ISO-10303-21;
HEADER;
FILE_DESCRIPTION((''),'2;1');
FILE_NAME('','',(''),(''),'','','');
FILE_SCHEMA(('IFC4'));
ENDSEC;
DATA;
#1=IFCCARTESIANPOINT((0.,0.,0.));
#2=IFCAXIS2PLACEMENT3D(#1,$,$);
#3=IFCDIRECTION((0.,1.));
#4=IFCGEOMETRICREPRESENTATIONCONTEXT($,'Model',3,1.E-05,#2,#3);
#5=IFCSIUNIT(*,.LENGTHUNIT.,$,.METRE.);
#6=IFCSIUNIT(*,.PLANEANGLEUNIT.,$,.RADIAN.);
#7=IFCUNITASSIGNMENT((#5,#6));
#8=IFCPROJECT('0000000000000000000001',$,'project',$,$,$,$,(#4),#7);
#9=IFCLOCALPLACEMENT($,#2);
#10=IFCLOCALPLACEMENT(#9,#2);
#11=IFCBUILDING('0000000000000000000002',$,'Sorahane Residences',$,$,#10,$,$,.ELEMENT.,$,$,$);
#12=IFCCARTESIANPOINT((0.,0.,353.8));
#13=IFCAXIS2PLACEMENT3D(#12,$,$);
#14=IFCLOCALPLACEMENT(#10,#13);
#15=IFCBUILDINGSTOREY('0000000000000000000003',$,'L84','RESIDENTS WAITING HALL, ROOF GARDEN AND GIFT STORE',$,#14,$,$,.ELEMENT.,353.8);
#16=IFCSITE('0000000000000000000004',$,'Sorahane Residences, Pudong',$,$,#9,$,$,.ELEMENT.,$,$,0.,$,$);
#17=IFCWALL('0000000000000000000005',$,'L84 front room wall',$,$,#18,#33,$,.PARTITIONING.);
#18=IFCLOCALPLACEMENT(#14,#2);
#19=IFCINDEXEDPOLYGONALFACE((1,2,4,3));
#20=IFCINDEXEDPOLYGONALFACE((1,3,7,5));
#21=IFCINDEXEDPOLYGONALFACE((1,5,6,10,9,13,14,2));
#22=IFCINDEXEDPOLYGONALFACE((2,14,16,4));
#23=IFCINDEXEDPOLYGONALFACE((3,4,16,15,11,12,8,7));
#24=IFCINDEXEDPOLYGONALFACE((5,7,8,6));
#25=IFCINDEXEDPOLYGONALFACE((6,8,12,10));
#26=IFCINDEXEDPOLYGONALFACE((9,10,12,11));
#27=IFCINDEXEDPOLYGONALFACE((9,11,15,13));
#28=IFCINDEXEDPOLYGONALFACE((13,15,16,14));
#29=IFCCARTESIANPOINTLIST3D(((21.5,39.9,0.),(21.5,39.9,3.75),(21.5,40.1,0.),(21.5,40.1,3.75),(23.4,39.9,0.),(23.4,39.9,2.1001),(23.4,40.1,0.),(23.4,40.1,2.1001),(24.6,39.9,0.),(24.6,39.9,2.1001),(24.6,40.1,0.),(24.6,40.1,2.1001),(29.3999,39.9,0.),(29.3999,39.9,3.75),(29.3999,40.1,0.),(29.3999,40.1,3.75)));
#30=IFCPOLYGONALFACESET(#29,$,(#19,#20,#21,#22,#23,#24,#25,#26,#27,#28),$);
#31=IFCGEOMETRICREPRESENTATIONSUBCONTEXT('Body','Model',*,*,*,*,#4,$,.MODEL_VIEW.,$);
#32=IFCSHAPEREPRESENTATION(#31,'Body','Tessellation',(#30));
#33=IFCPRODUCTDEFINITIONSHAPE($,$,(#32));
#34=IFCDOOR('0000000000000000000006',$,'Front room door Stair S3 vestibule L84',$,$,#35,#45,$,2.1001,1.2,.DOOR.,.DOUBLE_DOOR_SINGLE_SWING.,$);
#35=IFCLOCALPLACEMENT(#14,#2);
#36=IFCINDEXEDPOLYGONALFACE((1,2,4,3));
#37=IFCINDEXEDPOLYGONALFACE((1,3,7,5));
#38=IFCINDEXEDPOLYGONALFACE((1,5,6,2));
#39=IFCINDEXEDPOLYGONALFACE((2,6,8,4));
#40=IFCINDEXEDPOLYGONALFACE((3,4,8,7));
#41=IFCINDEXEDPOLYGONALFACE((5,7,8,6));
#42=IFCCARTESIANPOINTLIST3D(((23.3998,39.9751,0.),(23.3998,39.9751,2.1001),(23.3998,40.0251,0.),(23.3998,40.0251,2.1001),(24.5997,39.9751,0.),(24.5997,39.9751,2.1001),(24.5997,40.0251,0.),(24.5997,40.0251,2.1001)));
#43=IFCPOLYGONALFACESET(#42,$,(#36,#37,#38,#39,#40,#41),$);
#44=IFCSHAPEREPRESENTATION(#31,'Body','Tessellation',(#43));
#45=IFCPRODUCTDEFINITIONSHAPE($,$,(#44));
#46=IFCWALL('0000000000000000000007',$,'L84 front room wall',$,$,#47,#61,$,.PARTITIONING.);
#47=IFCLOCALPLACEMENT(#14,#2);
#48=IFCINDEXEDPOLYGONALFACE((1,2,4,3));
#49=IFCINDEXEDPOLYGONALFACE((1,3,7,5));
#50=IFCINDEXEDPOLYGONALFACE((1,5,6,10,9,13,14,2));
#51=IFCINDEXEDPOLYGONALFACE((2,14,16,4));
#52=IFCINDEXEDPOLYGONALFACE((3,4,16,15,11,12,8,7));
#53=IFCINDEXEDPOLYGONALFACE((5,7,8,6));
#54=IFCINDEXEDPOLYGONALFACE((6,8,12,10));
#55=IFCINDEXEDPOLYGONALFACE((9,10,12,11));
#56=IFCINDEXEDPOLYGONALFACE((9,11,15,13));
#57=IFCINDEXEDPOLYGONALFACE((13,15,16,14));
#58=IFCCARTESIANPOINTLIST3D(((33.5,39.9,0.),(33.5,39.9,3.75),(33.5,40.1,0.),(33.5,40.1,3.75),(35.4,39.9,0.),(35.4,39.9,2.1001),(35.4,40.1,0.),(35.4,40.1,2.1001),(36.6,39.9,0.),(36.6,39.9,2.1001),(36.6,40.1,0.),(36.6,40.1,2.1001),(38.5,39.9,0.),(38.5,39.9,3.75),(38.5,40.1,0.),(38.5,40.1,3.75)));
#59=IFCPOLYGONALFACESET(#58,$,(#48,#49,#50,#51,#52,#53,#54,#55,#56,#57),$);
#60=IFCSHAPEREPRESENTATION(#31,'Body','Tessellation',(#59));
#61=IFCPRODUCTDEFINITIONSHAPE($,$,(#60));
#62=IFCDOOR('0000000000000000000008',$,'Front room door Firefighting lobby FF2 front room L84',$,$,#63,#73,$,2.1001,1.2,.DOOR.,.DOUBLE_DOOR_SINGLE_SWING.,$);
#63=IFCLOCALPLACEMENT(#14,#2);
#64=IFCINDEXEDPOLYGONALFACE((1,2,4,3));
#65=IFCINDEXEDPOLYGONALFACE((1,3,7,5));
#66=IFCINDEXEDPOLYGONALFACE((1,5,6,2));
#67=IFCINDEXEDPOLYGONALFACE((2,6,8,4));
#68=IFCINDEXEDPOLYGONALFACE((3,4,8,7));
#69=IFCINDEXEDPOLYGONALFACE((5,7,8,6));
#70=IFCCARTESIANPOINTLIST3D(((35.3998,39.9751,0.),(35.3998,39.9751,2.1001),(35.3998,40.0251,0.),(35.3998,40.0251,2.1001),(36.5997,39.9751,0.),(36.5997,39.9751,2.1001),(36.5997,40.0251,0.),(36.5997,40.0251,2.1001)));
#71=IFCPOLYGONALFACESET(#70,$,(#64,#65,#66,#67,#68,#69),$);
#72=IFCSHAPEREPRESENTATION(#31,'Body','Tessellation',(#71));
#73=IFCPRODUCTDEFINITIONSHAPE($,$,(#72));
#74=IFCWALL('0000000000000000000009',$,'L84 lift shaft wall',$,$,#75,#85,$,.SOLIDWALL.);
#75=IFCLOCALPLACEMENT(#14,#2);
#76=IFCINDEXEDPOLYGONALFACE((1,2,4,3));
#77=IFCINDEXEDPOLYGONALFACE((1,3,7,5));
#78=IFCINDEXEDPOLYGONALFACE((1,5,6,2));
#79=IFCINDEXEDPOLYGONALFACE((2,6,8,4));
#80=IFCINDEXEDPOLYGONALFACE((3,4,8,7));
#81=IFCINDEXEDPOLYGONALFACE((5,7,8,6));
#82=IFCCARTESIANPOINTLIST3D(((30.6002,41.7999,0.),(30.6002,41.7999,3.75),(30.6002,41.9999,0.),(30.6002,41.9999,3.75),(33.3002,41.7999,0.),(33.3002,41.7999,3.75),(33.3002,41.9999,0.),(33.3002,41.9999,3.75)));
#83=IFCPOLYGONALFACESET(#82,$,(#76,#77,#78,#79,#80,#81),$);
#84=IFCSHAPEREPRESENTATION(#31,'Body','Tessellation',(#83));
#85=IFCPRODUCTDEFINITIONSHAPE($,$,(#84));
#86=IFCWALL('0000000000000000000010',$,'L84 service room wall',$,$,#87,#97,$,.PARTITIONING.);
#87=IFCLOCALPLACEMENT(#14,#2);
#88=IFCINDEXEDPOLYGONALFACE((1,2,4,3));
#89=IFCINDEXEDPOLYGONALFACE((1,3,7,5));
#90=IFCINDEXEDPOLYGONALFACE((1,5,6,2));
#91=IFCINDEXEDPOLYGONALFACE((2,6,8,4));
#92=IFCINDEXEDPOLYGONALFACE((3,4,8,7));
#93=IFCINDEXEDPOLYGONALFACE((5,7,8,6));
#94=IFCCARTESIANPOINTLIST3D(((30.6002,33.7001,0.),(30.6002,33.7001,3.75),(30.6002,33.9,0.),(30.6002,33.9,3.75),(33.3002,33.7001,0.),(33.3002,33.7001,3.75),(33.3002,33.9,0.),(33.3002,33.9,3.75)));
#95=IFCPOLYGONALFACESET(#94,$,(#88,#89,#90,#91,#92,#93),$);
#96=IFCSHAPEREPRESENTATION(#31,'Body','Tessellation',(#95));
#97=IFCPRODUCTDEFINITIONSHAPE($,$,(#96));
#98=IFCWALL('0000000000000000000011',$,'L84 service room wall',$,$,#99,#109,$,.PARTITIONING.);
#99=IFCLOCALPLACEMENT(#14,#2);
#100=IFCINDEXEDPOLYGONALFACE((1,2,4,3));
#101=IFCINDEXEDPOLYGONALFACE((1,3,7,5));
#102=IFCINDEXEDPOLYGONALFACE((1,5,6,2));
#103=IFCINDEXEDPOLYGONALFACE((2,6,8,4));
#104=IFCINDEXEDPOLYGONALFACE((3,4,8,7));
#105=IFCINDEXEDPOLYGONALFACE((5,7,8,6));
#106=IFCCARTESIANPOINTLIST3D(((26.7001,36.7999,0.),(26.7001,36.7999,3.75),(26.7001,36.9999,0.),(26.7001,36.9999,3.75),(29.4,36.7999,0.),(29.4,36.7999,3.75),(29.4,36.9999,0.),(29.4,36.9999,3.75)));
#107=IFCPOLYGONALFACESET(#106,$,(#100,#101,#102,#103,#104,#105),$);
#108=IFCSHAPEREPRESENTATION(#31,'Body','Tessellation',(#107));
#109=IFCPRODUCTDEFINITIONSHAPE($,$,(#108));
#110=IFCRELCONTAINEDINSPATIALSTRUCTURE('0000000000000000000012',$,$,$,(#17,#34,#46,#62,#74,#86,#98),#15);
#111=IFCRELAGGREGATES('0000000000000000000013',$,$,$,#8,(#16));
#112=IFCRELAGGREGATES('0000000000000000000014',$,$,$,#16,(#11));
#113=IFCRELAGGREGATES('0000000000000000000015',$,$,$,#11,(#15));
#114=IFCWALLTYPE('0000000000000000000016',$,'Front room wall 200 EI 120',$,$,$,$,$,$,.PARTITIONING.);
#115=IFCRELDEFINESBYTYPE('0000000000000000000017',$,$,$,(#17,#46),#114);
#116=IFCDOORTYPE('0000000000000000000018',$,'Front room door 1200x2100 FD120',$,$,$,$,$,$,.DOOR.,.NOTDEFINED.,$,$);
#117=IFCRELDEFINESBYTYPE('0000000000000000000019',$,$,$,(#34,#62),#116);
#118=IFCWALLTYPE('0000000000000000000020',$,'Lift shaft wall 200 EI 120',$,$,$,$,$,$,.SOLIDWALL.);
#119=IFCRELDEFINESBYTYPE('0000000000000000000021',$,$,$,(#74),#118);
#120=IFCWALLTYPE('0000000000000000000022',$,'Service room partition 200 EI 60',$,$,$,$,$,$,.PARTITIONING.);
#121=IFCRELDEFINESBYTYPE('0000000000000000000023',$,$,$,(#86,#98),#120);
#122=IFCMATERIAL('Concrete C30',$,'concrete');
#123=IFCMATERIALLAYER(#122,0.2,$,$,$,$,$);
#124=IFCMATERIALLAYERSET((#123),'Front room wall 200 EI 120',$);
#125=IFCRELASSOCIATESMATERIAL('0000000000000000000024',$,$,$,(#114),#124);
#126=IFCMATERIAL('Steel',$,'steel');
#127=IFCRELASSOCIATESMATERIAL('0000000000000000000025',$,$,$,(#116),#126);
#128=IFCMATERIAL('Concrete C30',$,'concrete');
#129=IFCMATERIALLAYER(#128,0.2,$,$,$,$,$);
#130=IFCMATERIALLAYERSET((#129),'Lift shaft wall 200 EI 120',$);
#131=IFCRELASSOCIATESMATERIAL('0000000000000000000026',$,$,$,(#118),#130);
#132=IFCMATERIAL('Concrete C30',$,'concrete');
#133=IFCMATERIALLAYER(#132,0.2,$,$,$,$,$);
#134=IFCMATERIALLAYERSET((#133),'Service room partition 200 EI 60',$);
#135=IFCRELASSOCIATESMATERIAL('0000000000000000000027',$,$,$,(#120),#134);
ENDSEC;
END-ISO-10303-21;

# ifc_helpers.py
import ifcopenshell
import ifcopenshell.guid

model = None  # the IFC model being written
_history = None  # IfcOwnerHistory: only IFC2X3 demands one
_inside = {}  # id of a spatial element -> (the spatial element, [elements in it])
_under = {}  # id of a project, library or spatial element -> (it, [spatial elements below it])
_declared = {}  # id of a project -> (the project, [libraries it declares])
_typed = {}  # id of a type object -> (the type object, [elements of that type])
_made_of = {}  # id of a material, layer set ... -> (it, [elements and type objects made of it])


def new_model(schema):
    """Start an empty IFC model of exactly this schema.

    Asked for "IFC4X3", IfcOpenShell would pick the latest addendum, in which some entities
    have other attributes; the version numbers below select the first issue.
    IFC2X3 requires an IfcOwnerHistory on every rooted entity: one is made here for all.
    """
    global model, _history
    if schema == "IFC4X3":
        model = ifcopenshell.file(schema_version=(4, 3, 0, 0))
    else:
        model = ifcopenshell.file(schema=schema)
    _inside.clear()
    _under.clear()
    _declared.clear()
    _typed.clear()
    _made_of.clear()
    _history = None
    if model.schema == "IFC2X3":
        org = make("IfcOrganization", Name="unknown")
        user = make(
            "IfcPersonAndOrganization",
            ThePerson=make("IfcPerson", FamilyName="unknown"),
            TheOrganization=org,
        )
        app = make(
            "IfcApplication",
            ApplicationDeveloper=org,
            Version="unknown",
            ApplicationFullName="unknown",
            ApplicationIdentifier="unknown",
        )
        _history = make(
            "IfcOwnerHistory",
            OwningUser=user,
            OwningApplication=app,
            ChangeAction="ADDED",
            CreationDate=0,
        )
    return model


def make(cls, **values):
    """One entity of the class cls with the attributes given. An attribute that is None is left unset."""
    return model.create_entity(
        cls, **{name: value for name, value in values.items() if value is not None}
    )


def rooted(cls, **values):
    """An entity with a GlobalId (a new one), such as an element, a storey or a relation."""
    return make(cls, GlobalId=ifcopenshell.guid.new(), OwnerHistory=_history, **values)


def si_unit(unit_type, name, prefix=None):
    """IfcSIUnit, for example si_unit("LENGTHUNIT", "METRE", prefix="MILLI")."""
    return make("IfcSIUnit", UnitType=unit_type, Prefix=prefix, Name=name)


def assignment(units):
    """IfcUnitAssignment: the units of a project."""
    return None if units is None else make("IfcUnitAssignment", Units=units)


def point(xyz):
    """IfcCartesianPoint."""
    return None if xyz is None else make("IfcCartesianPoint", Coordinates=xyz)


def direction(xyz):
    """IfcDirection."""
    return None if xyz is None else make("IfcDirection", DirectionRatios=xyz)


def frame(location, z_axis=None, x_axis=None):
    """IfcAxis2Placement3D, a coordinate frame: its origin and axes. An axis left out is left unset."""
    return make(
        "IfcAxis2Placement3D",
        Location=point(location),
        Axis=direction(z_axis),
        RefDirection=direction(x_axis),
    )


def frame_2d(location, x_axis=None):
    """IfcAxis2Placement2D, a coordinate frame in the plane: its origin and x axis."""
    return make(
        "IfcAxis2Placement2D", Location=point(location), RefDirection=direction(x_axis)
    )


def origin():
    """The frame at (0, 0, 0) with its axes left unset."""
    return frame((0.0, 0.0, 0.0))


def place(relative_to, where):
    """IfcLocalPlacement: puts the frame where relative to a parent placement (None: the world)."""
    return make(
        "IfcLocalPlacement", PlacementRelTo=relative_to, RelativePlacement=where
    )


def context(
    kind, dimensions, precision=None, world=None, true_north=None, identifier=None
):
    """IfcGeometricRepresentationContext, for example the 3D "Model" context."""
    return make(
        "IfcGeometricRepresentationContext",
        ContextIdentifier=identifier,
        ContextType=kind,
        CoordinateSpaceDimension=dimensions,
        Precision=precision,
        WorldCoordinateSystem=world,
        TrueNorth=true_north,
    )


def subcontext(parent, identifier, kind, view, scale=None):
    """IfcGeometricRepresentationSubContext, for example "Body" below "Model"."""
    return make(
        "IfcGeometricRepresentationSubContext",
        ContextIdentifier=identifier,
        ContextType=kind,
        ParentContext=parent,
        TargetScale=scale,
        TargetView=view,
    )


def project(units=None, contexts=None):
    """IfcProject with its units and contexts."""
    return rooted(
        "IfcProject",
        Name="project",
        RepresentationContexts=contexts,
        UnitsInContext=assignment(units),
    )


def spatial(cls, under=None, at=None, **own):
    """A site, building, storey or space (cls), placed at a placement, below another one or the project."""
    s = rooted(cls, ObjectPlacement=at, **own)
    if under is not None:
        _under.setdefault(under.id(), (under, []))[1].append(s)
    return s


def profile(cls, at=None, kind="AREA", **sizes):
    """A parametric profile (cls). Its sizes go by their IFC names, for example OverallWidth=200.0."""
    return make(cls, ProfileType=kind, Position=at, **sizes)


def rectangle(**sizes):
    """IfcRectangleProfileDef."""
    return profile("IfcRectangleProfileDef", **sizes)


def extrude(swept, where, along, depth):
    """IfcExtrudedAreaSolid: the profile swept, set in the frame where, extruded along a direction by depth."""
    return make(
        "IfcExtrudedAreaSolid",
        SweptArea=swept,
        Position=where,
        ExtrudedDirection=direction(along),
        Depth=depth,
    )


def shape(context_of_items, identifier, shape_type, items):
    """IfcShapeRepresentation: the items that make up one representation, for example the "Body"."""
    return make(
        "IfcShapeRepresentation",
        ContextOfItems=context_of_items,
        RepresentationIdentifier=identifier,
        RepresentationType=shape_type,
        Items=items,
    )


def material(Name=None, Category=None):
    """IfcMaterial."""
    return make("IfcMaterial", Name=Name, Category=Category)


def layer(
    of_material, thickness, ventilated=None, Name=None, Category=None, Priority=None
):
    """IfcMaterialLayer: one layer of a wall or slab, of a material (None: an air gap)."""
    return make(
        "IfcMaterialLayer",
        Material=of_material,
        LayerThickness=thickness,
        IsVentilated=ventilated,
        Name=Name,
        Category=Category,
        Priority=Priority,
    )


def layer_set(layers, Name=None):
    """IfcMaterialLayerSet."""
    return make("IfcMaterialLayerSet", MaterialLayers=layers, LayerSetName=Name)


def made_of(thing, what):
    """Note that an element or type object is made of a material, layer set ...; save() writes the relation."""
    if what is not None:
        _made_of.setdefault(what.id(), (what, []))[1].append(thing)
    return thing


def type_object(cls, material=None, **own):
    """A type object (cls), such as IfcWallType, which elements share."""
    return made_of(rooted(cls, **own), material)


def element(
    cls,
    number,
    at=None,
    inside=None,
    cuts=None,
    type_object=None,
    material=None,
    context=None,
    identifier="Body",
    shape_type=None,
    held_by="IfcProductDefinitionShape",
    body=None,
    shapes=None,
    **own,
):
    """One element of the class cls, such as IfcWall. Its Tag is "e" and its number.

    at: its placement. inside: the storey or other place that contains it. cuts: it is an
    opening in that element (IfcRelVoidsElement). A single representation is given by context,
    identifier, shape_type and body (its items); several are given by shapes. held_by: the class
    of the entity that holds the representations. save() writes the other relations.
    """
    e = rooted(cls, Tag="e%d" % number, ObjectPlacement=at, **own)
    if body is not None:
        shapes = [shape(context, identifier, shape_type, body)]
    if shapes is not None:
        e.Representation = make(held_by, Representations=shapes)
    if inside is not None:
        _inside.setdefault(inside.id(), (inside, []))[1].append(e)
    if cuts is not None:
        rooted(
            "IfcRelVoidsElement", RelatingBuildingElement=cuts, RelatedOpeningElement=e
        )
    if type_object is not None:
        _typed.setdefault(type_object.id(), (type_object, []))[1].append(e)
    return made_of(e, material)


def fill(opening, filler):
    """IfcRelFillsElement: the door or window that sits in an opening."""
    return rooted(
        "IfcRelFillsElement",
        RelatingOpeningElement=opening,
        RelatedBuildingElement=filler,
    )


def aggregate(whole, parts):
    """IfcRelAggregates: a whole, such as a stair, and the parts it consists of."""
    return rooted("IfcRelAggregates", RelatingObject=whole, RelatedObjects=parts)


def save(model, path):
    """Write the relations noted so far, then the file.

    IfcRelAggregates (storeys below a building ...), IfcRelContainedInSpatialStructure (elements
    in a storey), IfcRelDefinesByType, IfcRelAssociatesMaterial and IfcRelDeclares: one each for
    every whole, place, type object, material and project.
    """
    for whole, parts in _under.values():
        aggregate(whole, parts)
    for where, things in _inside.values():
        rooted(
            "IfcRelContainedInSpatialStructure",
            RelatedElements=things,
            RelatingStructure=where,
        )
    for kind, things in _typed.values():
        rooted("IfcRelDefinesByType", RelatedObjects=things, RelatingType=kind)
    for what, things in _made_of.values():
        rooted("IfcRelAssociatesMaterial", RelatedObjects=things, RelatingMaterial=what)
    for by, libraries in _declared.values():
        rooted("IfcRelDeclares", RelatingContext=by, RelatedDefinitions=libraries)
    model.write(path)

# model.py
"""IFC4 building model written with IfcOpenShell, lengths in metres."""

from ifc_helpers import new_model, si_unit, direction, frame, frame_2d, origin, place, context, subcontext, project, spatial, rectangle, extrude, material, layer, layer_set, type_object, element, fill, save


model = new_model("IFC4")

# Units and contexts
model_context = context("Model", 3, precision=1e-05, world=origin(), true_north=direction((0.0, 1.0)))
body_context = subcontext(model_context, "Body", "Model", "MODEL_VIEW")
ifc_project = project(units=[si_unit("LENGTHUNIT", "METRE"), si_unit("PLANEANGLEUNIT", "RADIAN")], contexts=[model_context])

# Site, building, storey
site_placement = place(None, origin())
site = spatial("IfcSite", under=ifc_project, at=site_placement, Name="Sorahane Residences, Pudong", CompositionType="ELEMENT", RefElevation=0.0)
building_placement = place(site_placement, origin())
building = spatial("IfcBuilding", under=site, at=building_placement, Name="Sorahane Residences", CompositionType="ELEMENT")
storey_placement = place(building_placement, frame((0.0, 0.0, 353.8)))
storey = spatial("IfcBuildingStorey", under=building, at=storey_placement, Name="L84", Description="RESIDENTS WAITING HALL, ROOF GARDEN AND GIFT STORE", CompositionType="ELEMENT", Elevation=353.8)

# Walls, openings, doors
ifc_material_1 = material(Name="Concrete C30", Category="concrete")
ifc_layer_1 = layer(ifc_material_1, 0.2)
ifc_layer_set_1 = layer_set([ifc_layer_1], Name="Front room wall 200 EI 120")
wall_type_1 = type_object("IfcWallType", Name="Front room wall 200 EI 120", PredefinedType="PARTITIONING", material=ifc_layer_set_1)
wall_1_placement = place(storey_placement, frame((21.5, 40.0, 0.0), z_axis=(0.0, 0.0, 1.0), x_axis=(1.0, 0.0, 0.0)))
wall_1 = element("IfcWall", 1, at=wall_1_placement, inside=storey, type_object=wall_type_1, Name="L84 front room wall", PredefinedType="PARTITIONING", context=body_context, shape_type="SweptSolid", body=[
    extrude(rectangle(XDim=7.8999, YDim=0.2, at=frame_2d((3.95, 0.0))), origin(), (0.0, 0.0, 1.0), 3.75),
])
opening_1_placement = place(wall_1_placement, frame((1.8999, 0.0, 0.0)))
opening_1 = element("IfcOpeningElement", 2, at=opening_1_placement, cuts=wall_1, PredefinedType="OPENING", context=body_context, shape_type="SweptSolid", body=[
    extrude(rectangle(XDim=1.2, YDim=2.1001, at=frame_2d((0.6001, 1.05))), frame((0.0, 0.1099, 0.0), z_axis=(0.0, -1.0, 0.0), x_axis=(1.0, 0.0, 0.0)), (0.0, 0.0, 1.0), 0.22),
])
ifc_material_2 = material(Name="Steel", Category="steel")
door_type = type_object("IfcDoorType", Name="Front room door 1200x2100 FD120", OperationType="NOTDEFINED", PredefinedType="DOOR", material=ifc_material_2)
door_1_placement = place(opening_1_placement, frame((1.2, 0.0, 0.0), z_axis=(0.0, 0.0, 1.0), x_axis=(-1.0, 0.0, 0.0)))
door_1 = element("IfcDoor", 3, at=door_1_placement, inside=storey, type_object=door_type, Name="Front room door Stair S3 vestibule L84", OperationType="DOUBLE_DOOR_SINGLE_SWING", OverallHeight=2.1001, OverallWidth=1.2, PredefinedType="DOOR", context=body_context, shape_type="SweptSolid", body=[
    extrude(rectangle(XDim=1.2, YDim=2.1001, at=frame_2d((0.6001, 1.05))), frame((0.0, 0.0249, 0.0), z_axis=(0.0, -1.0, 0.0), x_axis=(1.0, 0.0, 0.0)), (0.0, 0.0, 1.0), 0.05),
])
fill(opening_1, door_1)
wall_2_placement = place(storey_placement, frame((33.5, 40.0, 0.0), z_axis=(0.0, 0.0, 1.0), x_axis=(1.0, 0.0, 0.0)))
wall_2 = element("IfcWall", 4, at=wall_2_placement, inside=storey, type_object=wall_type_1, Name="L84 front room wall", PredefinedType="PARTITIONING", context=body_context, shape_type="SweptSolid", body=[
    extrude(rectangle(XDim=5.0, YDim=0.2, at=frame_2d((2.5, 0.0))), origin(), (0.0, 0.0, 1.0), 3.75),
])
opening_2_placement = place(wall_2_placement, frame((1.8999, 0.0, 0.0)))
opening_2 = element("IfcOpeningElement", 5, at=opening_2_placement, cuts=wall_2, PredefinedType="OPENING", context=body_context, shape_type="SweptSolid", body=[
    extrude(rectangle(XDim=1.2, YDim=2.1001, at=frame_2d((0.6001, 1.05))), frame((0.0, 0.1099, 0.0), z_axis=(0.0, -1.0, 0.0), x_axis=(1.0, 0.0, 0.0)), (0.0, 0.0, 1.0), 0.22),
])
door_2_placement = place(opening_2_placement, frame((1.2, 0.0, 0.0), z_axis=(0.0, 0.0, 1.0), x_axis=(-1.0, 0.0, 0.0)))
door_2 = element("IfcDoor", 6, at=door_2_placement, inside=storey, type_object=door_type, Name="Front room door Firefighting lobby FF2 front room L84", OperationType="DOUBLE_DOOR_SINGLE_SWING", OverallHeight=2.1001, OverallWidth=1.2, PredefinedType="DOOR", context=body_context, shape_type="SweptSolid", body=[
    extrude(rectangle(XDim=1.2, YDim=2.1001, at=frame_2d((0.6001, 1.05))), frame((0.0, 0.0249, 0.0), z_axis=(0.0, -1.0, 0.0), x_axis=(1.0, 0.0, 0.0)), (0.0, 0.0, 1.0), 0.05),
])
fill(opening_2, door_2)

# Walls
ifc_material_3 = material(Name="Concrete C30", Category="concrete")
ifc_layer_2 = layer(ifc_material_3, 0.2)
ifc_layer_set_2 = layer_set([ifc_layer_2], Name="Lift shaft wall 200 EI 120")
wall_type_2 = type_object("IfcWallType", Name="Lift shaft wall 200 EI 120", PredefinedType="SOLIDWALL", material=ifc_layer_set_2)
wall_3_placement = place(storey_placement, frame((30.6001, 41.8999, 0.0), z_axis=(0.0, 0.0, 1.0), x_axis=(1.0, 0.0, 0.0)))
element("IfcWall", 7, at=wall_3_placement, inside=storey, type_object=wall_type_2, Name="L84 lift shaft wall", PredefinedType="SOLIDWALL", context=body_context, shape_type="SweptSolid", body=[
    extrude(rectangle(XDim=2.7, YDim=0.2, at=frame_2d((1.3501, 0.0))), origin(), (0.0, 0.0, 1.0), 3.75),
])
ifc_material_4 = material(Name="Concrete C30", Category="concrete")
ifc_layer_3 = layer(ifc_material_4, 0.2)
ifc_layer_set_3 = layer_set([ifc_layer_3], Name="Service room partition 200 EI 60")
wall_type_3 = type_object("IfcWallType", Name="Service room partition 200 EI 60", PredefinedType="PARTITIONING", material=ifc_layer_set_3)
for number, where, z_axis, x_axis, name in (
    (8, (30.6001, 33.8, 0.0), (0.0, 0.0, 1.0), (1.0, 0.0, 0.0), "L84 service room wall"),
    (9, (26.7, 36.8999, 0.0), (0.0, 0.0, 1.0), (1.0, 0.0, 0.0), "L84 service room wall"),
):
    element("IfcWall", number, at=place(storey_placement, frame(where, z_axis=z_axis, x_axis=x_axis)), inside=storey, type_object=wall_type_3, Name=name, PredefinedType="PARTITIONING", context=body_context, shape_type="SweptSolid", body=[
        extrude(rectangle(XDim=2.7, YDim=0.2, at=frame_2d((1.3501, 0.0))), origin(), (0.0, 0.0, 1.0), 3.75),
    ])

save(model, "model.ifc")
